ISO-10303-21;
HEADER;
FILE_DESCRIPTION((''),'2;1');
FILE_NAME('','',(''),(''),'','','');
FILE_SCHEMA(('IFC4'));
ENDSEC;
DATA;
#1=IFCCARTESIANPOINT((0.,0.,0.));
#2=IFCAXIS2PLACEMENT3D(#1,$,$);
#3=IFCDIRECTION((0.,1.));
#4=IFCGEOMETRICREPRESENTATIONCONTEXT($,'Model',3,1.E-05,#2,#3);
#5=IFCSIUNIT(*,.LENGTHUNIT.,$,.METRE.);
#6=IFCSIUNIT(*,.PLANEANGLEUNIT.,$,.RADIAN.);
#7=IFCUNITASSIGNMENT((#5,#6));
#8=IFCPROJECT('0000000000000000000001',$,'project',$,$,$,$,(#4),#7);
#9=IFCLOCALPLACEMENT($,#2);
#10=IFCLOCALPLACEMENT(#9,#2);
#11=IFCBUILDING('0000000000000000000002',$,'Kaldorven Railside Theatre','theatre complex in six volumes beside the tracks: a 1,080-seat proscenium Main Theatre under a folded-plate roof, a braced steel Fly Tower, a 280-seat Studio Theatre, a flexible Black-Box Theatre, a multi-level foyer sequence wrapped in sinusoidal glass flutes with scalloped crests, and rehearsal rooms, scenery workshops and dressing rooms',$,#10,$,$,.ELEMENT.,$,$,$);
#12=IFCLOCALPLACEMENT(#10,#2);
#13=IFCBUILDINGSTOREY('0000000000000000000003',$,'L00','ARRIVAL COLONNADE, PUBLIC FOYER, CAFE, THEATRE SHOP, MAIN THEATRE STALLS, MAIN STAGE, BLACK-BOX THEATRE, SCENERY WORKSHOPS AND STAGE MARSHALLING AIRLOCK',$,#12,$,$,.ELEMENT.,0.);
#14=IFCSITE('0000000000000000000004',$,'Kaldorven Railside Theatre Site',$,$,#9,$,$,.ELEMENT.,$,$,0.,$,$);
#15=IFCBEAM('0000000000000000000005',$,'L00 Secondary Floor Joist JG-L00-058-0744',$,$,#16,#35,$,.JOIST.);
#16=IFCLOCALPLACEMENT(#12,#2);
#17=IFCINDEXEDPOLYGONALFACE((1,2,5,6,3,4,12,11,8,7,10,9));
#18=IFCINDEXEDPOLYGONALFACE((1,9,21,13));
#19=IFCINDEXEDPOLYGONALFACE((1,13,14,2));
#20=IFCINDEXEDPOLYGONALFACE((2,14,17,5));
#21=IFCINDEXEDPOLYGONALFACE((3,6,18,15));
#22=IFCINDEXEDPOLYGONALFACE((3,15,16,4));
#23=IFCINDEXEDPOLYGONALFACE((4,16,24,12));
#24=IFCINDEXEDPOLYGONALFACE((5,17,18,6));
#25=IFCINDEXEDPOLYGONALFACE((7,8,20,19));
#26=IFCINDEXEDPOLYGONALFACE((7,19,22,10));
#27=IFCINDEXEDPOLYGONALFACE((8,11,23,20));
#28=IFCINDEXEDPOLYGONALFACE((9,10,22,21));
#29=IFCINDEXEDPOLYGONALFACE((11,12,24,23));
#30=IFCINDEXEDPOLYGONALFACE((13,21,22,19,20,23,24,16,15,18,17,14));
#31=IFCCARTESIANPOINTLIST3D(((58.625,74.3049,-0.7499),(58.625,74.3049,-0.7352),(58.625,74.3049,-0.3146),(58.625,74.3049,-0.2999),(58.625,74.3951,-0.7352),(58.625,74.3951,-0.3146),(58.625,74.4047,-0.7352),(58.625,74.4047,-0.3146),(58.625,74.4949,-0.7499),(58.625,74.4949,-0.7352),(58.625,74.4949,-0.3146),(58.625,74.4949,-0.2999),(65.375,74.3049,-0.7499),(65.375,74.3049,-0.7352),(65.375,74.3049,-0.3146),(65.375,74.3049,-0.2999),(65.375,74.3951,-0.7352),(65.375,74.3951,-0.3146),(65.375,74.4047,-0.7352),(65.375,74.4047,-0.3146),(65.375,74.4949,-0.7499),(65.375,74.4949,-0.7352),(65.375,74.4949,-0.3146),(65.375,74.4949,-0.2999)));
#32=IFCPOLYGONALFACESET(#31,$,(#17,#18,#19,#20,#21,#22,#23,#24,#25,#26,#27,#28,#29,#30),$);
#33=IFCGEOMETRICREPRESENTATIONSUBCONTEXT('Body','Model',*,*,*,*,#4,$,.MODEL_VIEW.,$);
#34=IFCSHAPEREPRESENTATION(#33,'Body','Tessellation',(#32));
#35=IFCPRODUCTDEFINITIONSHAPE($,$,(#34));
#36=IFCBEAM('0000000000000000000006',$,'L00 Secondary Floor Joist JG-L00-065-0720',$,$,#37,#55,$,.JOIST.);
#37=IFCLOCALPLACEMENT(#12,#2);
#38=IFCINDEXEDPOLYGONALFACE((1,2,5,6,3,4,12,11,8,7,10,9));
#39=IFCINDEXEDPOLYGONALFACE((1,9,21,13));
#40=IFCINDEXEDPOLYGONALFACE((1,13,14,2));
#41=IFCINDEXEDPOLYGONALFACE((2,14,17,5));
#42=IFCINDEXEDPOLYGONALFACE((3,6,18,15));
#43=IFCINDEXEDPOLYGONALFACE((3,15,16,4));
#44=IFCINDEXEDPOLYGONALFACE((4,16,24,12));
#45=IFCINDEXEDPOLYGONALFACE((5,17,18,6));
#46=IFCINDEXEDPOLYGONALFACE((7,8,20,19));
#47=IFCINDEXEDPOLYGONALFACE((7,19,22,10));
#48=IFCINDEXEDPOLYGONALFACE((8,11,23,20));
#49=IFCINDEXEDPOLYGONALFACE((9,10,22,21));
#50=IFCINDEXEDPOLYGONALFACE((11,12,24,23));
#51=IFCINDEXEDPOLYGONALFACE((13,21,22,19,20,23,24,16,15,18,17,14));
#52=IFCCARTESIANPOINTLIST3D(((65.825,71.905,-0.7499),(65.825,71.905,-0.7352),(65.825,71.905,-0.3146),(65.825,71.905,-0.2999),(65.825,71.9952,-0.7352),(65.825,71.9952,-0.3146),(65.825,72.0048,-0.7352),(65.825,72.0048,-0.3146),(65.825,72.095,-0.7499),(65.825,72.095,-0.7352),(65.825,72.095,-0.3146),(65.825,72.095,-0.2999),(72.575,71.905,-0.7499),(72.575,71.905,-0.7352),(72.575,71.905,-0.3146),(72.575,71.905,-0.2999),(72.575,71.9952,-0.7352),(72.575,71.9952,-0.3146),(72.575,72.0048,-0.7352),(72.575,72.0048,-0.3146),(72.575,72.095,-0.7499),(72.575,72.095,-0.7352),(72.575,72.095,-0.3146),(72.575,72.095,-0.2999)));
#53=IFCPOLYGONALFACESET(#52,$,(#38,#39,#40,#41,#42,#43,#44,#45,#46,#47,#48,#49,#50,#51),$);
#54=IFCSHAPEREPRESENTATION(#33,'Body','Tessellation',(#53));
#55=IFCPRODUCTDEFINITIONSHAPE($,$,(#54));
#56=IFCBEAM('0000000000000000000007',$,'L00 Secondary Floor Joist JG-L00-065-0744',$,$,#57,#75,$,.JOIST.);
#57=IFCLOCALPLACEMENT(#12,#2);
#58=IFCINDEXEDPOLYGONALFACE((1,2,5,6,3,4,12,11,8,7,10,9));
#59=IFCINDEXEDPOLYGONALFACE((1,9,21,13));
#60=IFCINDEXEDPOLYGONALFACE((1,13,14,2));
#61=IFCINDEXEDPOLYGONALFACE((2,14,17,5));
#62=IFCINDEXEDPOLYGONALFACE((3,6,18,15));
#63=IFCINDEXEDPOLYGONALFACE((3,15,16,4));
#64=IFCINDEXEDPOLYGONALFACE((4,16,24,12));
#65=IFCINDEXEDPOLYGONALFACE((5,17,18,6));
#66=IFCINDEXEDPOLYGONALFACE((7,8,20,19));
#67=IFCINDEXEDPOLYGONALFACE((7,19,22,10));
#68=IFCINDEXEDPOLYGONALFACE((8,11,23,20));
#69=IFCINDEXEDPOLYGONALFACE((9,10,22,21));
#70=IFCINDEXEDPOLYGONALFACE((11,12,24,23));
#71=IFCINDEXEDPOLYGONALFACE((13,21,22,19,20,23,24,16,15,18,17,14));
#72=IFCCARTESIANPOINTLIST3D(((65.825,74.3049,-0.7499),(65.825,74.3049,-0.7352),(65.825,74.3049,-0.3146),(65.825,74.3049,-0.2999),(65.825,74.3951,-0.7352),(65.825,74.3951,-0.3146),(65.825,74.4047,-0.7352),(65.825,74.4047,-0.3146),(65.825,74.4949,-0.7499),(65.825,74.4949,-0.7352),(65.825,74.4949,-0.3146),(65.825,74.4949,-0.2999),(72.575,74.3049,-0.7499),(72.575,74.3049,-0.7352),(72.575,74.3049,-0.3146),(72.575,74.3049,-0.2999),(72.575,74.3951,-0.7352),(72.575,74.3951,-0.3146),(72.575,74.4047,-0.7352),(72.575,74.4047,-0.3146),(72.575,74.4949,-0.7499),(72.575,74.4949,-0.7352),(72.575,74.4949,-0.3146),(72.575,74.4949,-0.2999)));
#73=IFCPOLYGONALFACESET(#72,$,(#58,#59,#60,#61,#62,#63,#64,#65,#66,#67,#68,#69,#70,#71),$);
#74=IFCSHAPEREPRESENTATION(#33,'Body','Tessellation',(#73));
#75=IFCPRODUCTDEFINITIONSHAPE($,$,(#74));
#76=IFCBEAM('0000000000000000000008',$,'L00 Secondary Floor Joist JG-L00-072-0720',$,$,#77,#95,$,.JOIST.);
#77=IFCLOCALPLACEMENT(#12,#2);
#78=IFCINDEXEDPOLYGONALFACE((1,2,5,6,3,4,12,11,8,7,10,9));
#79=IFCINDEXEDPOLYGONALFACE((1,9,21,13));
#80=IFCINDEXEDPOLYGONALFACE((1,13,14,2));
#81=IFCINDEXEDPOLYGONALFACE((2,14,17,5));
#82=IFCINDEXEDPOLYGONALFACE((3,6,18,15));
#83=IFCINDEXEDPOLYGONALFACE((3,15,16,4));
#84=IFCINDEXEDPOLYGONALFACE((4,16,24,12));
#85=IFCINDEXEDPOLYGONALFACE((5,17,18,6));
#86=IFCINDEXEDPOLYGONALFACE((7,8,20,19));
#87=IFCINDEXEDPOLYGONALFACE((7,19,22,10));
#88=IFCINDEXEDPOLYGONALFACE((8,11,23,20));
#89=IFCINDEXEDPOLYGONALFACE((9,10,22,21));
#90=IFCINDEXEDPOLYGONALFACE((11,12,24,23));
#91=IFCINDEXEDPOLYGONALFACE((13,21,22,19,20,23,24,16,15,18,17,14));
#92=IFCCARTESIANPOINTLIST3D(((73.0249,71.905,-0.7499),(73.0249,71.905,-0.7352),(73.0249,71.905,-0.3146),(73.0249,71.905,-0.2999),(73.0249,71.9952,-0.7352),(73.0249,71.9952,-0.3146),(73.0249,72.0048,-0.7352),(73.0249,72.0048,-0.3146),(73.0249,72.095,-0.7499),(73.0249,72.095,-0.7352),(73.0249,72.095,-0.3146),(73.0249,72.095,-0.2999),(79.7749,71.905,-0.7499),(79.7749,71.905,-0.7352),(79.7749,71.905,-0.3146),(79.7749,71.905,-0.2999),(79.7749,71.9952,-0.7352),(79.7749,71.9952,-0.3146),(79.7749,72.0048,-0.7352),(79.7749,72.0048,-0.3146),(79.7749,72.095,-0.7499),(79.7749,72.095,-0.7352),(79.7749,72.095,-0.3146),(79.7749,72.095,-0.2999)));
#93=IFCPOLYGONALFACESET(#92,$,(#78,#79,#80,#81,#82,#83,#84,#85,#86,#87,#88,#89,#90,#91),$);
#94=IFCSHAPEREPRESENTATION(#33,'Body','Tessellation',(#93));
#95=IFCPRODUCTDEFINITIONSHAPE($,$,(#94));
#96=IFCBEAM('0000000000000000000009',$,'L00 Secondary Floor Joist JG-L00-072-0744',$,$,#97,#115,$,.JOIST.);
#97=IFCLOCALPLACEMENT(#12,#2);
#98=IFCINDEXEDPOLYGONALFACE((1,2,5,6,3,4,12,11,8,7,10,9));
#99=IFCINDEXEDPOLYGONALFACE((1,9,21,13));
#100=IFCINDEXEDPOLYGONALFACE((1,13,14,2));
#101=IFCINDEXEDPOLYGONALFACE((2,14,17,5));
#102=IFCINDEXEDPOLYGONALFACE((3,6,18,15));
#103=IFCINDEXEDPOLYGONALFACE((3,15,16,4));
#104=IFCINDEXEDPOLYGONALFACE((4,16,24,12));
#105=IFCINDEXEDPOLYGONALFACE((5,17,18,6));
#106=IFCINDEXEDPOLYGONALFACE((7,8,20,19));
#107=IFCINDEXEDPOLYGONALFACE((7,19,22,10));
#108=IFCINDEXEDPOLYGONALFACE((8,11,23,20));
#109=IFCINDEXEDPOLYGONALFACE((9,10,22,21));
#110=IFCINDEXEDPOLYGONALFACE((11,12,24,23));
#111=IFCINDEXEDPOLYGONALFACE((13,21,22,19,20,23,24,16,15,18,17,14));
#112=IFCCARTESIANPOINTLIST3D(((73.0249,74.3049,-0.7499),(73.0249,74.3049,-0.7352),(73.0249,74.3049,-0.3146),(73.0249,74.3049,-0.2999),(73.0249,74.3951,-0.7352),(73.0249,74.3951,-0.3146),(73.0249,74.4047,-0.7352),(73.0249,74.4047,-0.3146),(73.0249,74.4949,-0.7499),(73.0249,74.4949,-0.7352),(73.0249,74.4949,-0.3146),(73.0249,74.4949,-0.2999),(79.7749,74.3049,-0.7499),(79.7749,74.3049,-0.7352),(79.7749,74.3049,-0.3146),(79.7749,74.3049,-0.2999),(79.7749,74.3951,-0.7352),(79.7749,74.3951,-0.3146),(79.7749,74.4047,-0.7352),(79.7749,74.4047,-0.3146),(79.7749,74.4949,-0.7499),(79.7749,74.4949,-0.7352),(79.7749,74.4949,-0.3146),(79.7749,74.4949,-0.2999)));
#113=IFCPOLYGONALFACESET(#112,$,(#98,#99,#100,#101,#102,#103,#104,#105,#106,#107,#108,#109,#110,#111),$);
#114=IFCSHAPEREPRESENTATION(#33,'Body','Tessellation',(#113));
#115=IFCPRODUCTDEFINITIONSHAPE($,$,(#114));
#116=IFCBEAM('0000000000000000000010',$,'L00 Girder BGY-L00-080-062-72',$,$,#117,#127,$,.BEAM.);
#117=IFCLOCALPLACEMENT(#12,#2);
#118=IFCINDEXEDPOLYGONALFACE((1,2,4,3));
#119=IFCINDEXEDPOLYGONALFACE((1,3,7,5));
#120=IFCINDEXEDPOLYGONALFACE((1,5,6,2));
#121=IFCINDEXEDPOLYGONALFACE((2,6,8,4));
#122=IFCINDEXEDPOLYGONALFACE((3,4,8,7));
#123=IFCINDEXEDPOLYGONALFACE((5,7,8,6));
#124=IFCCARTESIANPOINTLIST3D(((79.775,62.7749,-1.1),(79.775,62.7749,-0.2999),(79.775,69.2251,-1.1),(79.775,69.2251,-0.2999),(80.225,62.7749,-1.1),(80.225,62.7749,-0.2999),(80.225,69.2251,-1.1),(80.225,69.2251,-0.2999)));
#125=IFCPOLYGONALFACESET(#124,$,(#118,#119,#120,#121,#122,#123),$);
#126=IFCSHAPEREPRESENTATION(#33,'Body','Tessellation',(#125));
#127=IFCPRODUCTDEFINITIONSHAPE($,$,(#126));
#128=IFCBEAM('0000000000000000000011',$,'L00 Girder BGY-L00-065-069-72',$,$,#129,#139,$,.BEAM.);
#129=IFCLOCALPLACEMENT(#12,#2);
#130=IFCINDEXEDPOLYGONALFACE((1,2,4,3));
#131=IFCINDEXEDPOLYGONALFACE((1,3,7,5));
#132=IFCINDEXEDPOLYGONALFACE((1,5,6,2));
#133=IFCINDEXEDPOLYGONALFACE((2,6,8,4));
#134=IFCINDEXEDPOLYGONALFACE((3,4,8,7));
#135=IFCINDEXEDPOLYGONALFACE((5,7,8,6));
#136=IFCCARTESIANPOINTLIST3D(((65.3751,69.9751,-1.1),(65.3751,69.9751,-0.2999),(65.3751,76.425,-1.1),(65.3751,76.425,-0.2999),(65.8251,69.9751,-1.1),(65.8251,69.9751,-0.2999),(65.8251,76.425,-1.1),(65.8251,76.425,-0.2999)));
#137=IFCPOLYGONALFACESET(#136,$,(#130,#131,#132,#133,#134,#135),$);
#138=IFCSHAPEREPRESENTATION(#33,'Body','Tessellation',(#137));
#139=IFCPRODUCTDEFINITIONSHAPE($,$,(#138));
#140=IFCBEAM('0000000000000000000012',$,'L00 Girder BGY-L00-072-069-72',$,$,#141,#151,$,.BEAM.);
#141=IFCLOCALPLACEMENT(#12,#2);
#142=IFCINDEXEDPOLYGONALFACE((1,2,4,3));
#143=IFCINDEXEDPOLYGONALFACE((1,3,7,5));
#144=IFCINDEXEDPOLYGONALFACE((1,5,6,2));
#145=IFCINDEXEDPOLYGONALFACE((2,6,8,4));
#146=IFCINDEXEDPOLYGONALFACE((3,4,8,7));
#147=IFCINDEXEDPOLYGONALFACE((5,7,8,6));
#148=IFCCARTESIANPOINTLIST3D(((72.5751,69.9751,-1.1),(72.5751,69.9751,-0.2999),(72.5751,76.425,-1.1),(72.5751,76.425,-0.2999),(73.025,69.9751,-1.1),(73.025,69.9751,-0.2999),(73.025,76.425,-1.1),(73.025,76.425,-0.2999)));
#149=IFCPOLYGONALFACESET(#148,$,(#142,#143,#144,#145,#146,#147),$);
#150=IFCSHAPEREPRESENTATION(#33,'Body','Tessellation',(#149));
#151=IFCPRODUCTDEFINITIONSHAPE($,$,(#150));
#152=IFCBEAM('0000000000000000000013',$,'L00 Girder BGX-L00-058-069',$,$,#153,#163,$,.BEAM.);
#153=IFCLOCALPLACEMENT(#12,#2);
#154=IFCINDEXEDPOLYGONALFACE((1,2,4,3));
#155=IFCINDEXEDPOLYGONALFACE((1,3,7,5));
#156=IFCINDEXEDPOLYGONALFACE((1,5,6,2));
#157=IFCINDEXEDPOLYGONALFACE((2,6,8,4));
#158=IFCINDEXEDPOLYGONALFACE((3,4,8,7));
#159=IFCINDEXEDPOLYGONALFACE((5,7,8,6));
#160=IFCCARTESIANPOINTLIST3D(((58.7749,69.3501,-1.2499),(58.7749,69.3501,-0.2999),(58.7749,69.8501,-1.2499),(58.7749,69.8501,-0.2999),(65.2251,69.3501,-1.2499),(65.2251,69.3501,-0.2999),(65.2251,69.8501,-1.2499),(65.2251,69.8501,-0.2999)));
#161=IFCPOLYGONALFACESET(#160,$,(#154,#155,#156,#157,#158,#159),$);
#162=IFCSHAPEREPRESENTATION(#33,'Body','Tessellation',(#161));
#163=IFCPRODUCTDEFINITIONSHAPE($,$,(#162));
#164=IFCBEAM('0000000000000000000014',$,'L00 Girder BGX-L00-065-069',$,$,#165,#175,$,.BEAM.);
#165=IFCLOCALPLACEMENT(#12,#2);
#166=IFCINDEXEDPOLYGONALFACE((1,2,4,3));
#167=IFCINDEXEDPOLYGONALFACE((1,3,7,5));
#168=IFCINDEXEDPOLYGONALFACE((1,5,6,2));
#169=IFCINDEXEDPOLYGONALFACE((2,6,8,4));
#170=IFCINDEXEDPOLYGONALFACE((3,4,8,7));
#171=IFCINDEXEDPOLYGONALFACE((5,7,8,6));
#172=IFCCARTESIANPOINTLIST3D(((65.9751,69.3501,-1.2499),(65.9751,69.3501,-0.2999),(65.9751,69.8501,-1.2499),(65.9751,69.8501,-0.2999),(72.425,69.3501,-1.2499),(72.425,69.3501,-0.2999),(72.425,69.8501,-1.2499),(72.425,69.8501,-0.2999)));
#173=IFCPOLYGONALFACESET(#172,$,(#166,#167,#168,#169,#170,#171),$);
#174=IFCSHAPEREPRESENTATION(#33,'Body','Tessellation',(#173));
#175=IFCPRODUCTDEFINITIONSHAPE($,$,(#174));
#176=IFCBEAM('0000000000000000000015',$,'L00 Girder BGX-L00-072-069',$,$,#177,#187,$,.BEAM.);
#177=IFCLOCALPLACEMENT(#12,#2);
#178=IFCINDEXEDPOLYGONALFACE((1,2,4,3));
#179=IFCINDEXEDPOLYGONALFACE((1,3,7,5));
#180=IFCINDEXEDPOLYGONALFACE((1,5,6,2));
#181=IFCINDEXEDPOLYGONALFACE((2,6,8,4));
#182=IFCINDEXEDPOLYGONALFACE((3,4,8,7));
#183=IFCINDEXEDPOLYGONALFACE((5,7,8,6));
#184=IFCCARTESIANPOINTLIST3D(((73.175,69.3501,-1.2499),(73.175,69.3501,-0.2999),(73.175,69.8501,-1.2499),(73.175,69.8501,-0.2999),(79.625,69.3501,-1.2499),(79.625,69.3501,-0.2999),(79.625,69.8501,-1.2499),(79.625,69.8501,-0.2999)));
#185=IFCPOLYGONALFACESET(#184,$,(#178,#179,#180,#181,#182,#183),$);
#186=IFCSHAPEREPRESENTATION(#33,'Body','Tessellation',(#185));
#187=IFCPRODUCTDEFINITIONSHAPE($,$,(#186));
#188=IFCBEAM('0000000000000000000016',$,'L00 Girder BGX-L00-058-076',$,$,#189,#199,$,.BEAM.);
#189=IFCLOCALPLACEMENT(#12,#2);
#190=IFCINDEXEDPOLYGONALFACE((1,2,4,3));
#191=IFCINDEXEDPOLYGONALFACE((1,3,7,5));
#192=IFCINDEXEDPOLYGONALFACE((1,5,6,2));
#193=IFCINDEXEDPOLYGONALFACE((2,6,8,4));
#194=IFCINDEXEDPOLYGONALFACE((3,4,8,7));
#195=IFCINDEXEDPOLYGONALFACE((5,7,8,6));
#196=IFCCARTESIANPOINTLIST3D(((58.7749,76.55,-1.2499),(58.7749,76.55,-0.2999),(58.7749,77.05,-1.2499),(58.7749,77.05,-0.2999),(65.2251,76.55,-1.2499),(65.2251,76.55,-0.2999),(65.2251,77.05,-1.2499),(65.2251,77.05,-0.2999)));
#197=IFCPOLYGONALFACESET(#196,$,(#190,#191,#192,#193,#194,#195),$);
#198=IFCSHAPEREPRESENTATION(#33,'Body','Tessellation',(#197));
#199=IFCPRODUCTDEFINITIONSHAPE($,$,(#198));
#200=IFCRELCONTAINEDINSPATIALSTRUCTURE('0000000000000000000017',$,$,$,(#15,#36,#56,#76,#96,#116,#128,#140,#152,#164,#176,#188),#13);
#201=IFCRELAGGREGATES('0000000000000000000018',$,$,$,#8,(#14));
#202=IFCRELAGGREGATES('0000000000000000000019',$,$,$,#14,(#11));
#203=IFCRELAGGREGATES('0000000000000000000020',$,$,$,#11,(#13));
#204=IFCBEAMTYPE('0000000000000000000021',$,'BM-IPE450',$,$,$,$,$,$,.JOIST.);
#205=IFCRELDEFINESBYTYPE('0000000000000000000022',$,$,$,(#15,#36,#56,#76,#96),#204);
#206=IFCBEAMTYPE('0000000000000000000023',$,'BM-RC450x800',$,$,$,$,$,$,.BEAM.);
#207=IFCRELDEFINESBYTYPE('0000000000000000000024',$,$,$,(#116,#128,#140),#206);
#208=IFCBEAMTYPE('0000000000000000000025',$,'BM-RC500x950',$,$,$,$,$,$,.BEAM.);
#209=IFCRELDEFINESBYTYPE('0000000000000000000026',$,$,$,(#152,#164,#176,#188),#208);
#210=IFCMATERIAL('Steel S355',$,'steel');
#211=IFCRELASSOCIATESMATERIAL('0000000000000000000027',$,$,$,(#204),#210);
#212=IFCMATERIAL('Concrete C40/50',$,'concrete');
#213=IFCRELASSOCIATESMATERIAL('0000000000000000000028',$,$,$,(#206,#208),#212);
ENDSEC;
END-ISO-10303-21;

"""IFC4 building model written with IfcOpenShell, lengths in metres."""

from ifc_helpers import new_model, si_unit, direction, frame, origin, origin_2d, place, context, subcontext, project, spatial, rectangle, i_section, extrude, material, material_profile, profile_set, type_object, element, save


model = new_model("IFC4")

# Units and contexts
model_context = context("Model", 3, precision=1e-05, world=origin(), true_north=direction((0.0, 1.0)))
body_context = subcontext(model_context, "Body", "Model", "MODEL_VIEW")
ifc_project = project(units=[si_unit("LENGTHUNIT", "METRE"), si_unit("PLANEANGLEUNIT", "RADIAN")], contexts=[model_context])

# Site, building, storey
site_placement = place(None, origin())
site = spatial("IfcSite", under=ifc_project, at=site_placement, Name="Kaldorven Railside Theatre Site", CompositionType="ELEMENT", RefElevation=0.0)
building_placement = place(site_placement, origin())
building = spatial("IfcBuilding", under=site, at=building_placement, Name="Kaldorven Railside Theatre", Description="theatre complex in six volumes beside the tracks: a 1,080-seat proscenium Main Theatre under a folded-plate roof, a braced steel Fly Tower, a 280-seat Studio Theatre, a flexible Black-Box Theatre, a multi-level foyer sequence wrapped in sinusoidal glass flutes with scalloped crests, and rehearsal rooms, scenery workshops and dressing rooms", CompositionType="ELEMENT")
storey_placement = place(building_placement, origin())
storey = spatial("IfcBuildingStorey", under=building, at=storey_placement, Name="L00", Description="ARRIVAL COLONNADE, PUBLIC FOYER, CAFE, THEATRE SHOP, MAIN THEATRE STALLS, MAIN STAGE, BLACK-BOX THEATRE, SCENERY WORKSHOPS AND STAGE MARSHALLING AIRLOCK", CompositionType="ELEMENT", Elevation=0.0)

# Shared definitions
ifc_material_1 = material(Name="Steel S355", Category="steel")
ifc_material_2 = material(Name="Concrete C40/50", Category="concrete")

# Beams
ifc_material_profile_1 = material_profile(ifc_material_1, i_section(OverallWidth=0.1899, OverallDepth=0.45, WebThickness=0.0095, FlangeThickness=0.0146, at=origin_2d()), Name="IPE 450")
ifc_profile_set_1 = profile_set([ifc_material_profile_1], Name="Steel S355")
beam_type_1 = type_object("IfcBeamType", Name="BM-IPE450", PredefinedType="JOIST", material=ifc_profile_set_1)
for number, where, z_axis, x_axis, name in (
    (1, (58.625, 74.3999, -0.5249), (1.0, 0.0, 0.0), (0.0, 1.0, 0.0), "L00 Secondary Floor Joist JG-L00-058-0744"),
    (2, (65.825, 72.0, -0.5249), (1.0, 0.0, 0.0), (0.0, 1.0, 0.0), "L00 Secondary Floor Joist JG-L00-065-0720"),
    (3, (65.825, 74.3999, -0.5249), (1.0, 0.0, 0.0), (0.0, 1.0, 0.0), "L00 Secondary Floor Joist JG-L00-065-0744"),
    (4, (73.0249, 72.0, -0.5249), (1.0, 0.0, 0.0), (0.0, 1.0, 0.0), "L00 Secondary Floor Joist JG-L00-072-0720"),
    (5, (73.0249, 74.3999, -0.5249), (1.0, 0.0, 0.0), (0.0, 1.0, 0.0), "L00 Secondary Floor Joist JG-L00-072-0744"),
):
    element("IfcBeam", number, at=place(storey_placement, frame(where, z_axis=z_axis, x_axis=x_axis)), inside=storey, type_object=beam_type_1, Name=name, PredefinedType="JOIST", context=body_context, shape_type="SweptSolid", body=[
        extrude(i_section(OverallWidth=0.1899, OverallDepth=0.45, WebThickness=0.0095, FlangeThickness=0.0146, at=origin_2d()), origin(), (0.0, 0.0, 1.0), 6.75),
    ])
ifc_material_profile_2 = material_profile(ifc_material_2, rectangle(XDim=0.45, YDim=0.8, at=origin_2d()), Name="RC 450x800")
ifc_profile_set_2 = profile_set([ifc_material_profile_2], Name="Concrete C40/50")
beam_type_2 = type_object("IfcBeamType", Name="BM-RC450x800", PredefinedType="BEAM", material=ifc_profile_set_2)
beam_1_placement = place(storey_placement, frame((80.0, 62.7749, -0.7), z_axis=(0.0, 1.0, 0.0), x_axis=(-1.0, 0.0, 0.0)))
element("IfcBeam", 6, at=beam_1_placement, inside=storey, type_object=beam_type_2, Name="L00 Girder BGY-L00-080-062-72", PredefinedType="BEAM", context=body_context, shape_type="SweptSolid", body=[
    extrude(rectangle(XDim=0.45, YDim=0.8, at=origin_2d()), origin(), (0.0, 0.0, 1.0), 6.4502),
])
for number, where, z_axis, x_axis, name in (
    (7, (65.6001, 69.9751, -0.7), (0.0, 1.0, 0.0), (-1.0, 0.0, 0.0), "L00 Girder BGY-L00-065-069-72"),
    (8, (72.8, 69.9751, -0.7), (0.0, 1.0, 0.0), (-1.0, 0.0, 0.0), "L00 Girder BGY-L00-072-069-72"),
):
    element("IfcBeam", number, at=place(storey_placement, frame(where, z_axis=z_axis, x_axis=x_axis)), inside=storey, type_object=beam_type_2, Name=name, PredefinedType="BEAM", context=body_context, shape_type="SweptSolid", body=[
        extrude(rectangle(XDim=0.45, YDim=0.8, at=origin_2d()), origin(), (0.0, 0.0, 1.0), 6.45),
    ])
ifc_material_profile_3 = material_profile(ifc_material_2, rectangle(XDim=0.5, YDim=0.95, at=origin_2d()), Name="RC 500x950")
ifc_profile_set_3 = profile_set([ifc_material_profile_3], Name="Concrete C40/50")
beam_type_3 = type_object("IfcBeamType", Name="BM-RC500x950", PredefinedType="BEAM", material=ifc_profile_set_3)
beam_2_placement = place(storey_placement, frame((58.7749, 69.6001, -0.7749), z_axis=(1.0, 0.0, 0.0), x_axis=(0.0, 1.0, 0.0)))
element("IfcBeam", 9, at=beam_2_placement, inside=storey, type_object=beam_type_3, Name="L00 Girder BGX-L00-058-069", PredefinedType="BEAM", context=body_context, shape_type="SweptSolid", body=[
    extrude(rectangle(XDim=0.5, YDim=0.95, at=origin_2d()), origin(), (0.0, 0.0, 1.0), 6.4502),
])
for number, where, z_axis, x_axis, name in (
    (10, (65.9751, 69.6001, -0.7749), (1.0, 0.0, 0.0), (0.0, 1.0, 0.0), "L00 Girder BGX-L00-065-069"),
    (11, (73.175, 69.6001, -0.7749), (1.0, 0.0, 0.0), (0.0, 1.0, 0.0), "L00 Girder BGX-L00-072-069"),
):
    element("IfcBeam", number, at=place(storey_placement, frame(where, z_axis=z_axis, x_axis=x_axis)), inside=storey, type_object=beam_type_3, Name=name, PredefinedType="BEAM", context=body_context, shape_type="SweptSolid", body=[
        extrude(rectangle(XDim=0.5, YDim=0.95, at=origin_2d()), origin(), (0.0, 0.0, 1.0), 6.45),
    ])
beam_3_placement = place(storey_placement, frame((58.7749, 76.8, -0.7749), z_axis=(1.0, 0.0, 0.0), x_axis=(0.0, 1.0, 0.0)))
element("IfcBeam", 12, at=beam_3_placement, inside=storey, type_object=beam_type_3, Name="L00 Girder BGX-L00-058-076", PredefinedType="BEAM", context=body_context, shape_type="SweptSolid", body=[
    extrude(rectangle(XDim=0.5, YDim=0.95, at=origin_2d()), origin(), (0.0, 0.0, 1.0), 6.4502),
])

save(model, "model.ifc")
